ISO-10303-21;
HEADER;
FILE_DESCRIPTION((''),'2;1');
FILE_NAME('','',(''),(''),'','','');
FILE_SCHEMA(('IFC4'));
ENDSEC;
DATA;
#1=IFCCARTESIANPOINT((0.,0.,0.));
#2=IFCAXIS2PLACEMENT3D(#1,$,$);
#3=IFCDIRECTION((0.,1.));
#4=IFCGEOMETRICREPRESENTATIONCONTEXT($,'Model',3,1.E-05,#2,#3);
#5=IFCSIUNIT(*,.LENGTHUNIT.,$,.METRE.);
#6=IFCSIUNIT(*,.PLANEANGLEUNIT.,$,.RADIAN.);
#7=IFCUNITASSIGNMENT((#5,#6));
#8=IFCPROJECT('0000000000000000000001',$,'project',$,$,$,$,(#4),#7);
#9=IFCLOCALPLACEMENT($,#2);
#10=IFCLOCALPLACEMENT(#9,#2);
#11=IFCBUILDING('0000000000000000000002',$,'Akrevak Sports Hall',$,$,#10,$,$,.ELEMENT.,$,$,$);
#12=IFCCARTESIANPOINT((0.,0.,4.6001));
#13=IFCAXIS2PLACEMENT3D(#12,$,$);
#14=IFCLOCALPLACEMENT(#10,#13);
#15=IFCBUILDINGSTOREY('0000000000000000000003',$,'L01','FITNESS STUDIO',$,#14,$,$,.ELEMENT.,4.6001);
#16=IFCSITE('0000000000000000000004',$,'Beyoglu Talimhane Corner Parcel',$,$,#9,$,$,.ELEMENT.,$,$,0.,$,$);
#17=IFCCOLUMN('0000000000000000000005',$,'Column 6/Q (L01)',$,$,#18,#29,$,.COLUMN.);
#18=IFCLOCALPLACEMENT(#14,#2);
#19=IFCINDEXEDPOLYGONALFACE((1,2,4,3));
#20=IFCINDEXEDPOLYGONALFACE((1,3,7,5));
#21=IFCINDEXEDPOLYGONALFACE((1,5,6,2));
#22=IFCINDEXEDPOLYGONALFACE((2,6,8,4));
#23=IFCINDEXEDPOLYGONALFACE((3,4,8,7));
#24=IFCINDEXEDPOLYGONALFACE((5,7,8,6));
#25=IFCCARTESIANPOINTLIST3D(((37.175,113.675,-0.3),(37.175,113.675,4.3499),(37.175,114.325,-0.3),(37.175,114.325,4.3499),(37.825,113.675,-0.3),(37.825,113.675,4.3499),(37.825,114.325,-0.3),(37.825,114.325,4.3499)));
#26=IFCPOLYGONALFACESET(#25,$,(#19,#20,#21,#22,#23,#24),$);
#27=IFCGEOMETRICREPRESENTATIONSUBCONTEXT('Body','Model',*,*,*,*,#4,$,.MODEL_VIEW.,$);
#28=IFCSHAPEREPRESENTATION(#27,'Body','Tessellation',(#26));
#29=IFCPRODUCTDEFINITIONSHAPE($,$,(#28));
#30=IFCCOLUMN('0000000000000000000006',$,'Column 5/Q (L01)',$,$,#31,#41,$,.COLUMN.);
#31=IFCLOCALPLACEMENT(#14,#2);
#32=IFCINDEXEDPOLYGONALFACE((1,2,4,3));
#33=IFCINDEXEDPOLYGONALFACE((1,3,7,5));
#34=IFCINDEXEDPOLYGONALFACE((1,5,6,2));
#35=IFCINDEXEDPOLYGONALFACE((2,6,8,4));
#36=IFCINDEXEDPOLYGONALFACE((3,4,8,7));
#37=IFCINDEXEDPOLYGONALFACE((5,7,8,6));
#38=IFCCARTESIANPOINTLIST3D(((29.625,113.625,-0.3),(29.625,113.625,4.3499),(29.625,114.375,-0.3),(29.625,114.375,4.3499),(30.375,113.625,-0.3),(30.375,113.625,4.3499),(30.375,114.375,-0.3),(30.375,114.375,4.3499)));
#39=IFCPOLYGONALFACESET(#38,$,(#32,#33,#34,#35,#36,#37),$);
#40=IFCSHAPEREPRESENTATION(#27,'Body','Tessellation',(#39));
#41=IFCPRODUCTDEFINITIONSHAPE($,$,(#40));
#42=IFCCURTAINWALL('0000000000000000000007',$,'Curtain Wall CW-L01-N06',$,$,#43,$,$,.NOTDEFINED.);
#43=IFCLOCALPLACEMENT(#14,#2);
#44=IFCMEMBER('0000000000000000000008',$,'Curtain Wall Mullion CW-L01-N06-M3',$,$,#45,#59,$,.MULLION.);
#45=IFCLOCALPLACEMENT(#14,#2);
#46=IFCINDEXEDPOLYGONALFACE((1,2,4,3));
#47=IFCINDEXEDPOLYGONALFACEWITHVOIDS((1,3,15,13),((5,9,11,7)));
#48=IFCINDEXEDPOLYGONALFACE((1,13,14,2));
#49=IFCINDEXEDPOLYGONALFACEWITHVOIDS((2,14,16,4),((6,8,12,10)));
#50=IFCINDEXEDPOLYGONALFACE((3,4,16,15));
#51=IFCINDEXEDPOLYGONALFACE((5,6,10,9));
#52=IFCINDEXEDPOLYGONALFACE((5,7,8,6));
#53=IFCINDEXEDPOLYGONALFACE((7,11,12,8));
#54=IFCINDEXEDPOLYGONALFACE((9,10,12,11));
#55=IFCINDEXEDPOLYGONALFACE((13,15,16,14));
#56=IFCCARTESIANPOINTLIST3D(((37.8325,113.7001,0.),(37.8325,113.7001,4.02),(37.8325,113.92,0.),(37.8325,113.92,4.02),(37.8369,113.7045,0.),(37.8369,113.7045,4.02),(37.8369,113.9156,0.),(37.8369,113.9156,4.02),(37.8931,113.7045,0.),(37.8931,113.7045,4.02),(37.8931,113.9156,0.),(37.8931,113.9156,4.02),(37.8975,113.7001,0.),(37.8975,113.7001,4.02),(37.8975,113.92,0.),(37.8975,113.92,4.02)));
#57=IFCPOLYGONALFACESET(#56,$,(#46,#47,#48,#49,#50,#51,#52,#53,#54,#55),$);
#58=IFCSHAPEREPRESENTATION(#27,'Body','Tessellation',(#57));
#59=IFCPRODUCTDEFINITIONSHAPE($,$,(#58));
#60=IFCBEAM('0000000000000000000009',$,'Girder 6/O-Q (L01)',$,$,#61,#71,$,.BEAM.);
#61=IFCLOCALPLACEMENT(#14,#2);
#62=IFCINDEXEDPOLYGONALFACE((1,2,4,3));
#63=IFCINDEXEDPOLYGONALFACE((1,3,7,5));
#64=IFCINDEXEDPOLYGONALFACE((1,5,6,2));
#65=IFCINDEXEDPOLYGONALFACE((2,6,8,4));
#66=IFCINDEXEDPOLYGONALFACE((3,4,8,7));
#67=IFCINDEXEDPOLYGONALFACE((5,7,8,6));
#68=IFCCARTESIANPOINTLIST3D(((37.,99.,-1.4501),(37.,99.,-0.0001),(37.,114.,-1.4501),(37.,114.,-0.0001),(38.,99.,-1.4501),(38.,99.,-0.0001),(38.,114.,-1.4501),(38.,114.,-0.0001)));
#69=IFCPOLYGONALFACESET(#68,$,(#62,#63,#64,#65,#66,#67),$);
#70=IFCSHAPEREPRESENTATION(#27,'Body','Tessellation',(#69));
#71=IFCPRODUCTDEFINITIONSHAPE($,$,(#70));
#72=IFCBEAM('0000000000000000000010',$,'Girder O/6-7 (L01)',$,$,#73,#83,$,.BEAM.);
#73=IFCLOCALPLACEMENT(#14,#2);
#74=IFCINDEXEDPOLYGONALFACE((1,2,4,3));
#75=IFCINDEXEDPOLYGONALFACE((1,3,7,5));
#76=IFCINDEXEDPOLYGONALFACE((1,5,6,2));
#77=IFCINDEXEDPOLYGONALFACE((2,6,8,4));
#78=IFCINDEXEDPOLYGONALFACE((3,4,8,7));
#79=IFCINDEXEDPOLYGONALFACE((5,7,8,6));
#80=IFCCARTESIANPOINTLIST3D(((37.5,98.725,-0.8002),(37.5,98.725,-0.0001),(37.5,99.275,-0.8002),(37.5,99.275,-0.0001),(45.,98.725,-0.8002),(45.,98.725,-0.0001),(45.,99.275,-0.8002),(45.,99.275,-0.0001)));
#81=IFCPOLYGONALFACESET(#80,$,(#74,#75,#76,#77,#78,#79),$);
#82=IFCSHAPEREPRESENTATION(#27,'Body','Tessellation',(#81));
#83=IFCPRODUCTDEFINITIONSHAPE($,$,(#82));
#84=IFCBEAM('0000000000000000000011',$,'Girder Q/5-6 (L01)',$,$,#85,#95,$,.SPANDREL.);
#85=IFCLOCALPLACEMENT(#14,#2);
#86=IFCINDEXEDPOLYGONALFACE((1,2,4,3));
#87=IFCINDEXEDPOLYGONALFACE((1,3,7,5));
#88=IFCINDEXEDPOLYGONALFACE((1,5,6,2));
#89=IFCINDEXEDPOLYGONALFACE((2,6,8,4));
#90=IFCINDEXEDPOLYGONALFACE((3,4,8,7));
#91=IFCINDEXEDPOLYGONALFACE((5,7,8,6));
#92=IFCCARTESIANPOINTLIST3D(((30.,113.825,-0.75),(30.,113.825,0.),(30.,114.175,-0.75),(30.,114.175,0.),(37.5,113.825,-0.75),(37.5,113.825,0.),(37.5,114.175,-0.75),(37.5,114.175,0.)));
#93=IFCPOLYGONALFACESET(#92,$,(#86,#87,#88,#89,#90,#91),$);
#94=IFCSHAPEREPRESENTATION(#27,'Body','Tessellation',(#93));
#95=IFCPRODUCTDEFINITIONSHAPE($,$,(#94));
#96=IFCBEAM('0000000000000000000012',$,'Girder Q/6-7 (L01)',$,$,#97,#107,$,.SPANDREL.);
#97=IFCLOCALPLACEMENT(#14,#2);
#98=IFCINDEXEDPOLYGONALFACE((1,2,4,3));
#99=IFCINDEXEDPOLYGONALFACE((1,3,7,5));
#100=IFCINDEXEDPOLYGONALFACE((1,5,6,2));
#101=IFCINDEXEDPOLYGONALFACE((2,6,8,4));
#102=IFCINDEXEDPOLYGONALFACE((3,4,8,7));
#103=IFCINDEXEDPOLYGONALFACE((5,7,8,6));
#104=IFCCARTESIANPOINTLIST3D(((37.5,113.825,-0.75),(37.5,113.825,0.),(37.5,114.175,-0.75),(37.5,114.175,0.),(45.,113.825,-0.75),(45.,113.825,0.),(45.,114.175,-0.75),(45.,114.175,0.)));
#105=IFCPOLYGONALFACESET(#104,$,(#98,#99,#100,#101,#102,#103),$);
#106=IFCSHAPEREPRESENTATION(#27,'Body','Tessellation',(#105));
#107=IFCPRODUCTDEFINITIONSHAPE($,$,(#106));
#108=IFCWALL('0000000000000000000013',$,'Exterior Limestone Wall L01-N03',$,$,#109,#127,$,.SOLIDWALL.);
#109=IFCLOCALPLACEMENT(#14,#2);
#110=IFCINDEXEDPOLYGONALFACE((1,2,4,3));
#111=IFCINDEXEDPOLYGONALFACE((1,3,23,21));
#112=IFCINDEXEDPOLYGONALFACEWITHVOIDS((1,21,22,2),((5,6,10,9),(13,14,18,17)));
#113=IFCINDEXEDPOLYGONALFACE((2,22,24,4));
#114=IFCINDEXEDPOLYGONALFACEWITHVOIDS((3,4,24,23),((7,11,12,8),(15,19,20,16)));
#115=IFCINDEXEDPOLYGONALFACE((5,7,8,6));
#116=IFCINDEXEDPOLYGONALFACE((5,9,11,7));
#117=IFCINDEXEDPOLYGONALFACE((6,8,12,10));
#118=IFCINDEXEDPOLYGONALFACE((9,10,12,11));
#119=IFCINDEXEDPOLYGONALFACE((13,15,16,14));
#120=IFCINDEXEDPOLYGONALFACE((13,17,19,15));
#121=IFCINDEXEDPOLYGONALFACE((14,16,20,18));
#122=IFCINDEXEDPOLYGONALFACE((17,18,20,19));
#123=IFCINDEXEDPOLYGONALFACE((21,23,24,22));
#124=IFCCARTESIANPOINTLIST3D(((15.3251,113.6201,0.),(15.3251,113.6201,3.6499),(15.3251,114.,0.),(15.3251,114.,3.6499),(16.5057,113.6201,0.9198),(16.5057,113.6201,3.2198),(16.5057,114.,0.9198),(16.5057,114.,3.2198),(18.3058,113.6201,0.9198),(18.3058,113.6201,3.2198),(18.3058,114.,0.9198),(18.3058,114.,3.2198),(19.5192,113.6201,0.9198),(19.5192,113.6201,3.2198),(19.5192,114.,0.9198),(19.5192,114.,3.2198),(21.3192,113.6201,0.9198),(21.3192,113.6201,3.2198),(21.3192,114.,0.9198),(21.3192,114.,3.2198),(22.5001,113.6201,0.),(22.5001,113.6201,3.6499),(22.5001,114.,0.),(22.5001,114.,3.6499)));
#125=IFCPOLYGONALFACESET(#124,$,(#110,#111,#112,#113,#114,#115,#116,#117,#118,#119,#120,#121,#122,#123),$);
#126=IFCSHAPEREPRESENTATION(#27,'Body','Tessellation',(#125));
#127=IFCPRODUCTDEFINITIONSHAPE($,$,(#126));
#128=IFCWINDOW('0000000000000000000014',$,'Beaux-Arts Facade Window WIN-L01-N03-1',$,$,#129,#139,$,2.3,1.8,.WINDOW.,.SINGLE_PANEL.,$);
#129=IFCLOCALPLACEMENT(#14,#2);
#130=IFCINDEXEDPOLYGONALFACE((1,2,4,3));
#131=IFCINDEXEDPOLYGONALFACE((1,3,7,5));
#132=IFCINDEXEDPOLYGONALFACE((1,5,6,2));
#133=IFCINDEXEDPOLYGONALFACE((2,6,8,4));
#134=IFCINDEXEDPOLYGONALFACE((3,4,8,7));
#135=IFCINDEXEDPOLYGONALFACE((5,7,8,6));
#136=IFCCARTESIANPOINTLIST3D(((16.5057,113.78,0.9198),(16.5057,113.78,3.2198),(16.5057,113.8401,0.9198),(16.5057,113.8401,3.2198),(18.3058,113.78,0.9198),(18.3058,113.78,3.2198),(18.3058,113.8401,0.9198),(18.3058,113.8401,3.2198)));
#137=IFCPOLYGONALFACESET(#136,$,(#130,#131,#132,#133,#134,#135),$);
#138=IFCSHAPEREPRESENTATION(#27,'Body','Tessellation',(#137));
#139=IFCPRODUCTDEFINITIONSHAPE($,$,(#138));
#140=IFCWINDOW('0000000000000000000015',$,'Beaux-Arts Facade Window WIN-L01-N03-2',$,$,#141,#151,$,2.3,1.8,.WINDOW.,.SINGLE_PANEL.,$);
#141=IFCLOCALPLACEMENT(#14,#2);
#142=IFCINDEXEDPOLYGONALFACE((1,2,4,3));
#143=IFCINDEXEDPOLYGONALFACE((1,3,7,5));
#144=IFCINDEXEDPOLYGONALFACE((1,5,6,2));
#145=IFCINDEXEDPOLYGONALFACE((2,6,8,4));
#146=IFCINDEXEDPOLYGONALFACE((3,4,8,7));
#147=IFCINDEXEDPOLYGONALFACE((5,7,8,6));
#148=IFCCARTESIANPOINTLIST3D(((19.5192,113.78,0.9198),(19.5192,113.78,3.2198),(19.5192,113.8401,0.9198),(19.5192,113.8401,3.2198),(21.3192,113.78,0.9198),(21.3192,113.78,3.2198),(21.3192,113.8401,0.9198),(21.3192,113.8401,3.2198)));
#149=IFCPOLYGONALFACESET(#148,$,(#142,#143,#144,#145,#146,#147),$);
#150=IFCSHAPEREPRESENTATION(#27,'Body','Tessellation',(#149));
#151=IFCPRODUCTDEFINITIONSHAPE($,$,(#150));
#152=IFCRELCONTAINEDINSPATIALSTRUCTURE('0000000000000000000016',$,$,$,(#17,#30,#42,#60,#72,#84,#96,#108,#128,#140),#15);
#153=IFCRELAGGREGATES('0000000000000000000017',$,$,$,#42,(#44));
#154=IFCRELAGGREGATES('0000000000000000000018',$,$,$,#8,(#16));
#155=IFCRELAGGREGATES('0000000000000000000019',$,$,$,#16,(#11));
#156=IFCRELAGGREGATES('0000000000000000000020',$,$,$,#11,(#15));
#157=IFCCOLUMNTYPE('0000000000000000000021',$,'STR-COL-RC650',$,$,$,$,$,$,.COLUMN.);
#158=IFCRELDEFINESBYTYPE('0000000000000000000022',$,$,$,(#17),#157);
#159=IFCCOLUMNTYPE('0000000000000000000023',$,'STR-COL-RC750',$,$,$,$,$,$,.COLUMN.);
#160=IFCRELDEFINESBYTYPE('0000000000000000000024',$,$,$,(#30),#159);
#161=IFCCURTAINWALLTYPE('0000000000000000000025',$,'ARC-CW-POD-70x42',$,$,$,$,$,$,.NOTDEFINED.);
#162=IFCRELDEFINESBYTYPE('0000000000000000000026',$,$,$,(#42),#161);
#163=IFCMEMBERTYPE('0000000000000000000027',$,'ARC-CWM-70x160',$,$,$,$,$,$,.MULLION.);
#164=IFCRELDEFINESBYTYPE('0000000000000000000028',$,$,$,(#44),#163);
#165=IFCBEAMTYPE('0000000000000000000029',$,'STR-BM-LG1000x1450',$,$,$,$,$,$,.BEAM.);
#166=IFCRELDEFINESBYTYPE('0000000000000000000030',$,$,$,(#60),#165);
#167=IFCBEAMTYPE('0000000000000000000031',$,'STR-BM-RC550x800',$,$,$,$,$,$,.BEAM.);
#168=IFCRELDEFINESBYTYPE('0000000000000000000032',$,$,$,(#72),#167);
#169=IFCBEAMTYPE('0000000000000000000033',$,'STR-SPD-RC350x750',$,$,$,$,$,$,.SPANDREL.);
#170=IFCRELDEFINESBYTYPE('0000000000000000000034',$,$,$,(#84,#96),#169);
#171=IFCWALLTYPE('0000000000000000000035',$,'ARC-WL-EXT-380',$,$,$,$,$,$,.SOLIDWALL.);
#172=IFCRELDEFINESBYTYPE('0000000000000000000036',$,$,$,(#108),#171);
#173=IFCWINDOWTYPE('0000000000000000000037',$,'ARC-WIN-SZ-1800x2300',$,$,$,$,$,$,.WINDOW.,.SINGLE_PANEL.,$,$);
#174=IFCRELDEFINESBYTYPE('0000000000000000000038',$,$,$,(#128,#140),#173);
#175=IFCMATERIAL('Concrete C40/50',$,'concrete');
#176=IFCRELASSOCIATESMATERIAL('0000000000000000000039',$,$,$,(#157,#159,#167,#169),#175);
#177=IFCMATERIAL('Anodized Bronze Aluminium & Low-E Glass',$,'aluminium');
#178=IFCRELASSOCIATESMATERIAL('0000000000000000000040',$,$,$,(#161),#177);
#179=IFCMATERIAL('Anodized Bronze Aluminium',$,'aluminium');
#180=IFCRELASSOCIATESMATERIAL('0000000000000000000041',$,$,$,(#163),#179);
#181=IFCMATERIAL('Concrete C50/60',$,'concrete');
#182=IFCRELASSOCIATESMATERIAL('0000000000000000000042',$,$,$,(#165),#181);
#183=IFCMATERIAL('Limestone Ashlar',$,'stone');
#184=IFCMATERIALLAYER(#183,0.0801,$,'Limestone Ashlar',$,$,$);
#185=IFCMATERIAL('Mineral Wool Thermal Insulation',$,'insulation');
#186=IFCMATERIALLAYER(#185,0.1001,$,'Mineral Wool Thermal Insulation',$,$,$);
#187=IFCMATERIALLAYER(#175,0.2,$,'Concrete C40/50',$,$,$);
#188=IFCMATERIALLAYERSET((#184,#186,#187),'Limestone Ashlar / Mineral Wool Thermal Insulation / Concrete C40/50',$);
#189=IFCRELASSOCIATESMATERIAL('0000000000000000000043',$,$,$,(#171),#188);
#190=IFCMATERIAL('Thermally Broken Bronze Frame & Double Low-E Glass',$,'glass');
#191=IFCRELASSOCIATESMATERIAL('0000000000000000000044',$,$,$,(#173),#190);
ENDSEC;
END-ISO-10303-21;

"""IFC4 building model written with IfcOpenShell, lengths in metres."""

from ifc_helpers import new_model, si_unit, direction, frame, frame_2d, origin, origin_2d, place, context, subcontext, project, spatial, rectangle, hollow_rectangle, extrude, material, layer, layer_set, material_profile, profile_set, type_object, element, fill, aggregate, save


model = new_model("IFC4")

# Units and contexts
model_context = context("Model", 3, precision=1e-05, world=origin(), true_north=direction((0.0, 1.0)))
body_context = subcontext(model_context, "Body", "Model", "MODEL_VIEW")
ifc_project = project(units=[si_unit("LENGTHUNIT", "METRE"), si_unit("PLANEANGLEUNIT", "RADIAN")], contexts=[model_context])

# Site, building, storey
site_placement = place(None, origin())
site = spatial("IfcSite", under=ifc_project, at=site_placement, Name="Beyoglu Talimhane Corner Parcel", CompositionType="ELEMENT", RefElevation=0.0)
building_placement = place(site_placement, origin())
building = spatial("IfcBuilding", under=site, at=building_placement, Name="Akrevak Sports Hall", CompositionType="ELEMENT")
storey_placement = place(building_placement, frame((0.0, 0.0, 4.6001)))
storey = spatial("IfcBuildingStorey", under=building, at=storey_placement, Name="L01", Description="FITNESS STUDIO", CompositionType="ELEMENT", Elevation=4.6001)

# Columns
ifc_material_1 = material(Name="Concrete C40/50", Category="concrete")
ifc_material_profile_1 = material_profile(ifc_material_1, rectangle(XDim=0.6499, YDim=0.6499, at=origin_2d()), Name="RC 650x650", Category="concrete")
ifc_profile_set_1 = profile_set([ifc_material_profile_1], Name="Concrete C40/50")
column_type_1 = type_object("IfcColumnType", Name="STR-COL-RC650", PredefinedType="COLUMN", material=ifc_profile_set_1)
column_1_placement = place(storey_placement, frame((37.5, 114.0, -0.3), z_axis=(0.0, 0.0, 1.0), x_axis=(1.0, 0.0, 0.0)))
element("IfcColumn", 1, at=column_1_placement, inside=storey, type_object=column_type_1, Name="Column 6/Q (L01)", PredefinedType="COLUMN", context=body_context, shape_type="SweptSolid", body=[
    extrude(rectangle(XDim=0.6499, YDim=0.6499, at=origin_2d()), origin(), (0.0, 0.0, 1.0), 4.6499),
])
ifc_material_profile_2 = material_profile(ifc_material_1, rectangle(XDim=0.75, YDim=0.75, at=origin_2d()), Name="RC 750x750", Category="concrete")
ifc_profile_set_2 = profile_set([ifc_material_profile_2], Name="Concrete C40/50")
column_type_2 = type_object("IfcColumnType", Name="STR-COL-RC750", PredefinedType="COLUMN", material=ifc_profile_set_2)
column_2_placement = place(storey_placement, frame((30.0, 114.0, -0.3), z_axis=(0.0, 0.0, 1.0), x_axis=(1.0, 0.0, 0.0)))
element("IfcColumn", 2, at=column_2_placement, inside=storey, type_object=column_type_2, Name="Column 5/Q (L01)", PredefinedType="COLUMN", context=body_context, shape_type="SweptSolid", body=[
    extrude(rectangle(XDim=0.75, YDim=0.75, at=origin_2d()), origin(), (0.0, 0.0, 1.0), 4.6499),
])

# Curtain wall, member
ifc_material_2 = material(Name="Anodized Bronze Aluminium & Low-E Glass", Category="aluminium")
curtain_wall_type = type_object("IfcCurtainWallType", Name="ARC-CW-POD-70x42", PredefinedType="NOTDEFINED", material=ifc_material_2)
curtain_wall_placement = place(storey_placement, origin())
curtain_wall = element("IfcCurtainWall", 3, at=curtain_wall_placement, inside=storey, type_object=curtain_wall_type, Name="Curtain Wall CW-L01-N06", PredefinedType="NOTDEFINED")
ifc_material_3 = material(Name="Anodized Bronze Aluminium", Category="aluminium")
ifc_material_profile_3 = material_profile(ifc_material_3, hollow_rectangle(XDim=0.0649, YDim=0.22, WallThickness=0.0044, at=origin_2d()), Name="CWM 65x220", Category="aluminium")
ifc_profile_set_3 = profile_set([ifc_material_profile_3], Name="Anodized Bronze Aluminium")
member_type = type_object("IfcMemberType", Name="ARC-CWM-70x160", PredefinedType="MULLION", material=ifc_profile_set_3)
member_placement = place(storey_placement, frame((37.865, 113.8101, 0.0), z_axis=(0.0, 0.0, 1.0), x_axis=(-1.0, 0.0, 0.0)))
member = element("IfcMember", 4, at=member_placement, type_object=member_type, Name="Curtain Wall Mullion CW-L01-N06-M3", PredefinedType="MULLION", context=body_context, shape_type="SweptSolid", body=[
    extrude(hollow_rectangle(XDim=0.0649, YDim=0.22, WallThickness=0.0044, at=origin_2d()), origin(), (0.0, 0.0, 1.0), 4.02),
])
aggregate(curtain_wall, [member])

# Beams
ifc_material_4 = material(Name="Concrete C50/60", Category="concrete")
ifc_material_profile_4 = material_profile(ifc_material_4, rectangle(XDim=1.0, YDim=1.45, at=origin_2d()), Name="BM 1000x1450", Category="concrete")
ifc_profile_set_4 = profile_set([ifc_material_profile_4], Name="Concrete C50/60")
beam_type_1 = type_object("IfcBeamType", Name="STR-BM-LG1000x1450", PredefinedType="BEAM", material=ifc_profile_set_4)
beam_1_placement = place(storey_placement, frame((37.5, 99.0, -0.7251), z_axis=(0.0, 1.0, 0.0), x_axis=(-1.0, 0.0, 0.0)))
element("IfcBeam", 5, at=beam_1_placement, inside=storey, type_object=beam_type_1, Name="Girder 6/O-Q (L01)", PredefinedType="BEAM", context=body_context, shape_type="SweptSolid", body=[
    extrude(rectangle(XDim=1.0, YDim=1.45, at=origin_2d()), origin(), (0.0, 0.0, 1.0), 15.0),
])
ifc_material_profile_5 = material_profile(ifc_material_1, rectangle(XDim=0.55, YDim=0.8, at=origin_2d()), Name="BM 550x800", Category="concrete")
ifc_profile_set_5 = profile_set([ifc_material_profile_5], Name="Concrete C40/50")
beam_type_2 = type_object("IfcBeamType", Name="STR-BM-RC550x800", PredefinedType="BEAM", material=ifc_profile_set_5)
beam_2_placement = place(storey_placement, frame((37.5, 99.0, -0.4001), z_axis=(1.0, 0.0, 0.0), x_axis=(0.0, 1.0, 0.0)))
element("IfcBeam", 6, at=beam_2_placement, inside=storey, type_object=beam_type_2, Name="Girder O/6-7 (L01)", PredefinedType="BEAM", context=body_context, shape_type="SweptSolid", body=[
    extrude(rectangle(XDim=0.55, YDim=0.8, at=origin_2d()), origin(), (0.0, 0.0, 1.0), 7.5),
])
ifc_material_profile_6 = material_profile(ifc_material_1, rectangle(XDim=0.3501, YDim=0.75, at=origin_2d()), Name="SPD 350x750", Category="concrete")
ifc_profile_set_6 = profile_set([ifc_material_profile_6], Name="Concrete C40/50")
beam_type_3 = type_object("IfcBeamType", Name="STR-SPD-RC350x750", PredefinedType="SPANDREL", material=ifc_profile_set_6)
for number, where, z_axis, x_axis, name in (
    (7, (30.0, 114.0, -0.375), (1.0, 0.0, 0.0), (0.0, 1.0, 0.0), "Girder Q/5-6 (L01)"),
    (8, (37.5, 114.0, -0.375), (1.0, 0.0, 0.0), (0.0, 1.0, 0.0), "Girder Q/6-7 (L01)"),
):
    element("IfcBeam", number, at=place(storey_placement, frame(where, z_axis=z_axis, x_axis=x_axis)), inside=storey, type_object=beam_type_3, Name=name, PredefinedType="SPANDREL", context=body_context, shape_type="SweptSolid", body=[
        extrude(rectangle(XDim=0.3501, YDim=0.75, at=origin_2d()), origin(), (0.0, 0.0, 1.0), 7.5),
    ])

# Wall, openings, windows
ifc_material_5 = material(Name="Limestone Ashlar", Category="stone")
ifc_layer_1 = layer(ifc_material_5, 0.0801, Name="Limestone Ashlar")
ifc_material_6 = material(Name="Mineral Wool Thermal Insulation", Category="insulation")
ifc_layer_2 = layer(ifc_material_6, 0.1001, Name="Mineral Wool Thermal Insulation")
ifc_layer_3 = layer(ifc_material_1, 0.2, Name="Concrete C40/50")
ifc_layer_set_1 = layer_set([ifc_layer_1, ifc_layer_2, ifc_layer_3], Name="Limestone Ashlar / Mineral Wool Thermal Insulation / Concrete C40/50")
wall_type_1 = type_object("IfcWallType", Name="ARC-WL-EXT-380", PredefinedType="SOLIDWALL", material=ifc_layer_set_1)
wall_1_placement = place(storey_placement, frame((22.5, 113.8101, 0.0), z_axis=(0.0, 0.0, 1.0), x_axis=(-1.0, 0.0, 0.0)))
wall_1 = element("IfcWall", 9, at=wall_1_placement, inside=storey, type_object=wall_type_1, Name="Exterior Limestone Wall L01-N03", PredefinedType="SOLIDWALL", context=body_context, shape_type="SweptSolid", body=[
    extrude(rectangle(XDim=7.175, YDim=0.3799, at=frame_2d((3.5874, 0.0))), origin(), (0.0, 0.0, 1.0), 3.6499),
])
opening_1_placement = place(wall_1_placement, frame((4.1943, 0.0, 0.9199)))
opening_1 = element("IfcOpeningElement", 10, at=opening_1_placement, cuts=wall_1, PredefinedType="OPENING", context=body_context, shape_type="SweptSolid", body=[
    extrude(rectangle(XDim=1.8, YDim=2.3, at=frame_2d((0.8999, 1.1499))), frame((0.0, 0.2019, 0.0), z_axis=(0.0, -1.0, 0.0), x_axis=(1.0, 0.0, 0.0)), (0.0, 0.0, 1.0), 0.4038),
])
opening_2_placement = place(wall_1_placement, frame((1.1809, 0.0, 0.9199)))
opening_2 = element("IfcOpeningElement", 11, at=opening_2_placement, cuts=wall_1, PredefinedType="OPENING", context=body_context, shape_type="SweptSolid", body=[
    extrude(rectangle(XDim=1.8, YDim=2.3, at=frame_2d((0.8999, 1.1499))), frame((0.0, 0.2019, 0.0), z_axis=(0.0, -1.0, 0.0), x_axis=(1.0, 0.0, 0.0)), (0.0, 0.0, 1.0), 0.4038),
])
ifc_material_7 = material(Name="Thermally Broken Bronze Frame & Double Low-E Glass", Category="glass")
window_type_1 = type_object("IfcWindowType", Name="ARC-WIN-SZ-1800x2300", PartitioningType="SINGLE_PANEL", PredefinedType="WINDOW", material=ifc_material_7)
window_1_placement = place(opening_1_placement, origin())
window_1 = element("IfcWindow", 12, at=window_1_placement, inside=storey, type_object=window_type_1, Name="Beaux-Arts Facade Window WIN-L01-N03-1", OverallHeight=2.3, OverallWidth=1.8, PartitioningType="SINGLE_PANEL", PredefinedType="WINDOW", context=body_context, shape_type="SweptSolid", body=[
    extrude(rectangle(XDim=1.8, YDim=2.3, at=frame_2d((0.8999, 1.1499))), frame((0.0, 0.03, 0.0), z_axis=(0.0, -1.0, 0.0), x_axis=(1.0, 0.0, 0.0)), (0.0, 0.0, 1.0), 0.0601),
])
fill(opening_1, window_1)
window_2_placement = place(opening_2_placement, origin())
window_2 = element("IfcWindow", 13, at=window_2_placement, inside=storey, type_object=window_type_1, Name="Beaux-Arts Facade Window WIN-L01-N03-2", OverallHeight=2.3, OverallWidth=1.8, PartitioningType="SINGLE_PANEL", PredefinedType="WINDOW", context=body_context, shape_type="SweptSolid", body=[
    extrude(rectangle(XDim=1.8, YDim=2.3, at=frame_2d((0.8999, 1.1499))), frame((0.0, 0.03, 0.0), z_axis=(0.0, -1.0, 0.0), x_axis=(1.0, 0.0, 0.0)), (0.0, 0.0, 1.0), 0.0601),
])
fill(opening_2, window_2)

save(model, "model.ifc")
